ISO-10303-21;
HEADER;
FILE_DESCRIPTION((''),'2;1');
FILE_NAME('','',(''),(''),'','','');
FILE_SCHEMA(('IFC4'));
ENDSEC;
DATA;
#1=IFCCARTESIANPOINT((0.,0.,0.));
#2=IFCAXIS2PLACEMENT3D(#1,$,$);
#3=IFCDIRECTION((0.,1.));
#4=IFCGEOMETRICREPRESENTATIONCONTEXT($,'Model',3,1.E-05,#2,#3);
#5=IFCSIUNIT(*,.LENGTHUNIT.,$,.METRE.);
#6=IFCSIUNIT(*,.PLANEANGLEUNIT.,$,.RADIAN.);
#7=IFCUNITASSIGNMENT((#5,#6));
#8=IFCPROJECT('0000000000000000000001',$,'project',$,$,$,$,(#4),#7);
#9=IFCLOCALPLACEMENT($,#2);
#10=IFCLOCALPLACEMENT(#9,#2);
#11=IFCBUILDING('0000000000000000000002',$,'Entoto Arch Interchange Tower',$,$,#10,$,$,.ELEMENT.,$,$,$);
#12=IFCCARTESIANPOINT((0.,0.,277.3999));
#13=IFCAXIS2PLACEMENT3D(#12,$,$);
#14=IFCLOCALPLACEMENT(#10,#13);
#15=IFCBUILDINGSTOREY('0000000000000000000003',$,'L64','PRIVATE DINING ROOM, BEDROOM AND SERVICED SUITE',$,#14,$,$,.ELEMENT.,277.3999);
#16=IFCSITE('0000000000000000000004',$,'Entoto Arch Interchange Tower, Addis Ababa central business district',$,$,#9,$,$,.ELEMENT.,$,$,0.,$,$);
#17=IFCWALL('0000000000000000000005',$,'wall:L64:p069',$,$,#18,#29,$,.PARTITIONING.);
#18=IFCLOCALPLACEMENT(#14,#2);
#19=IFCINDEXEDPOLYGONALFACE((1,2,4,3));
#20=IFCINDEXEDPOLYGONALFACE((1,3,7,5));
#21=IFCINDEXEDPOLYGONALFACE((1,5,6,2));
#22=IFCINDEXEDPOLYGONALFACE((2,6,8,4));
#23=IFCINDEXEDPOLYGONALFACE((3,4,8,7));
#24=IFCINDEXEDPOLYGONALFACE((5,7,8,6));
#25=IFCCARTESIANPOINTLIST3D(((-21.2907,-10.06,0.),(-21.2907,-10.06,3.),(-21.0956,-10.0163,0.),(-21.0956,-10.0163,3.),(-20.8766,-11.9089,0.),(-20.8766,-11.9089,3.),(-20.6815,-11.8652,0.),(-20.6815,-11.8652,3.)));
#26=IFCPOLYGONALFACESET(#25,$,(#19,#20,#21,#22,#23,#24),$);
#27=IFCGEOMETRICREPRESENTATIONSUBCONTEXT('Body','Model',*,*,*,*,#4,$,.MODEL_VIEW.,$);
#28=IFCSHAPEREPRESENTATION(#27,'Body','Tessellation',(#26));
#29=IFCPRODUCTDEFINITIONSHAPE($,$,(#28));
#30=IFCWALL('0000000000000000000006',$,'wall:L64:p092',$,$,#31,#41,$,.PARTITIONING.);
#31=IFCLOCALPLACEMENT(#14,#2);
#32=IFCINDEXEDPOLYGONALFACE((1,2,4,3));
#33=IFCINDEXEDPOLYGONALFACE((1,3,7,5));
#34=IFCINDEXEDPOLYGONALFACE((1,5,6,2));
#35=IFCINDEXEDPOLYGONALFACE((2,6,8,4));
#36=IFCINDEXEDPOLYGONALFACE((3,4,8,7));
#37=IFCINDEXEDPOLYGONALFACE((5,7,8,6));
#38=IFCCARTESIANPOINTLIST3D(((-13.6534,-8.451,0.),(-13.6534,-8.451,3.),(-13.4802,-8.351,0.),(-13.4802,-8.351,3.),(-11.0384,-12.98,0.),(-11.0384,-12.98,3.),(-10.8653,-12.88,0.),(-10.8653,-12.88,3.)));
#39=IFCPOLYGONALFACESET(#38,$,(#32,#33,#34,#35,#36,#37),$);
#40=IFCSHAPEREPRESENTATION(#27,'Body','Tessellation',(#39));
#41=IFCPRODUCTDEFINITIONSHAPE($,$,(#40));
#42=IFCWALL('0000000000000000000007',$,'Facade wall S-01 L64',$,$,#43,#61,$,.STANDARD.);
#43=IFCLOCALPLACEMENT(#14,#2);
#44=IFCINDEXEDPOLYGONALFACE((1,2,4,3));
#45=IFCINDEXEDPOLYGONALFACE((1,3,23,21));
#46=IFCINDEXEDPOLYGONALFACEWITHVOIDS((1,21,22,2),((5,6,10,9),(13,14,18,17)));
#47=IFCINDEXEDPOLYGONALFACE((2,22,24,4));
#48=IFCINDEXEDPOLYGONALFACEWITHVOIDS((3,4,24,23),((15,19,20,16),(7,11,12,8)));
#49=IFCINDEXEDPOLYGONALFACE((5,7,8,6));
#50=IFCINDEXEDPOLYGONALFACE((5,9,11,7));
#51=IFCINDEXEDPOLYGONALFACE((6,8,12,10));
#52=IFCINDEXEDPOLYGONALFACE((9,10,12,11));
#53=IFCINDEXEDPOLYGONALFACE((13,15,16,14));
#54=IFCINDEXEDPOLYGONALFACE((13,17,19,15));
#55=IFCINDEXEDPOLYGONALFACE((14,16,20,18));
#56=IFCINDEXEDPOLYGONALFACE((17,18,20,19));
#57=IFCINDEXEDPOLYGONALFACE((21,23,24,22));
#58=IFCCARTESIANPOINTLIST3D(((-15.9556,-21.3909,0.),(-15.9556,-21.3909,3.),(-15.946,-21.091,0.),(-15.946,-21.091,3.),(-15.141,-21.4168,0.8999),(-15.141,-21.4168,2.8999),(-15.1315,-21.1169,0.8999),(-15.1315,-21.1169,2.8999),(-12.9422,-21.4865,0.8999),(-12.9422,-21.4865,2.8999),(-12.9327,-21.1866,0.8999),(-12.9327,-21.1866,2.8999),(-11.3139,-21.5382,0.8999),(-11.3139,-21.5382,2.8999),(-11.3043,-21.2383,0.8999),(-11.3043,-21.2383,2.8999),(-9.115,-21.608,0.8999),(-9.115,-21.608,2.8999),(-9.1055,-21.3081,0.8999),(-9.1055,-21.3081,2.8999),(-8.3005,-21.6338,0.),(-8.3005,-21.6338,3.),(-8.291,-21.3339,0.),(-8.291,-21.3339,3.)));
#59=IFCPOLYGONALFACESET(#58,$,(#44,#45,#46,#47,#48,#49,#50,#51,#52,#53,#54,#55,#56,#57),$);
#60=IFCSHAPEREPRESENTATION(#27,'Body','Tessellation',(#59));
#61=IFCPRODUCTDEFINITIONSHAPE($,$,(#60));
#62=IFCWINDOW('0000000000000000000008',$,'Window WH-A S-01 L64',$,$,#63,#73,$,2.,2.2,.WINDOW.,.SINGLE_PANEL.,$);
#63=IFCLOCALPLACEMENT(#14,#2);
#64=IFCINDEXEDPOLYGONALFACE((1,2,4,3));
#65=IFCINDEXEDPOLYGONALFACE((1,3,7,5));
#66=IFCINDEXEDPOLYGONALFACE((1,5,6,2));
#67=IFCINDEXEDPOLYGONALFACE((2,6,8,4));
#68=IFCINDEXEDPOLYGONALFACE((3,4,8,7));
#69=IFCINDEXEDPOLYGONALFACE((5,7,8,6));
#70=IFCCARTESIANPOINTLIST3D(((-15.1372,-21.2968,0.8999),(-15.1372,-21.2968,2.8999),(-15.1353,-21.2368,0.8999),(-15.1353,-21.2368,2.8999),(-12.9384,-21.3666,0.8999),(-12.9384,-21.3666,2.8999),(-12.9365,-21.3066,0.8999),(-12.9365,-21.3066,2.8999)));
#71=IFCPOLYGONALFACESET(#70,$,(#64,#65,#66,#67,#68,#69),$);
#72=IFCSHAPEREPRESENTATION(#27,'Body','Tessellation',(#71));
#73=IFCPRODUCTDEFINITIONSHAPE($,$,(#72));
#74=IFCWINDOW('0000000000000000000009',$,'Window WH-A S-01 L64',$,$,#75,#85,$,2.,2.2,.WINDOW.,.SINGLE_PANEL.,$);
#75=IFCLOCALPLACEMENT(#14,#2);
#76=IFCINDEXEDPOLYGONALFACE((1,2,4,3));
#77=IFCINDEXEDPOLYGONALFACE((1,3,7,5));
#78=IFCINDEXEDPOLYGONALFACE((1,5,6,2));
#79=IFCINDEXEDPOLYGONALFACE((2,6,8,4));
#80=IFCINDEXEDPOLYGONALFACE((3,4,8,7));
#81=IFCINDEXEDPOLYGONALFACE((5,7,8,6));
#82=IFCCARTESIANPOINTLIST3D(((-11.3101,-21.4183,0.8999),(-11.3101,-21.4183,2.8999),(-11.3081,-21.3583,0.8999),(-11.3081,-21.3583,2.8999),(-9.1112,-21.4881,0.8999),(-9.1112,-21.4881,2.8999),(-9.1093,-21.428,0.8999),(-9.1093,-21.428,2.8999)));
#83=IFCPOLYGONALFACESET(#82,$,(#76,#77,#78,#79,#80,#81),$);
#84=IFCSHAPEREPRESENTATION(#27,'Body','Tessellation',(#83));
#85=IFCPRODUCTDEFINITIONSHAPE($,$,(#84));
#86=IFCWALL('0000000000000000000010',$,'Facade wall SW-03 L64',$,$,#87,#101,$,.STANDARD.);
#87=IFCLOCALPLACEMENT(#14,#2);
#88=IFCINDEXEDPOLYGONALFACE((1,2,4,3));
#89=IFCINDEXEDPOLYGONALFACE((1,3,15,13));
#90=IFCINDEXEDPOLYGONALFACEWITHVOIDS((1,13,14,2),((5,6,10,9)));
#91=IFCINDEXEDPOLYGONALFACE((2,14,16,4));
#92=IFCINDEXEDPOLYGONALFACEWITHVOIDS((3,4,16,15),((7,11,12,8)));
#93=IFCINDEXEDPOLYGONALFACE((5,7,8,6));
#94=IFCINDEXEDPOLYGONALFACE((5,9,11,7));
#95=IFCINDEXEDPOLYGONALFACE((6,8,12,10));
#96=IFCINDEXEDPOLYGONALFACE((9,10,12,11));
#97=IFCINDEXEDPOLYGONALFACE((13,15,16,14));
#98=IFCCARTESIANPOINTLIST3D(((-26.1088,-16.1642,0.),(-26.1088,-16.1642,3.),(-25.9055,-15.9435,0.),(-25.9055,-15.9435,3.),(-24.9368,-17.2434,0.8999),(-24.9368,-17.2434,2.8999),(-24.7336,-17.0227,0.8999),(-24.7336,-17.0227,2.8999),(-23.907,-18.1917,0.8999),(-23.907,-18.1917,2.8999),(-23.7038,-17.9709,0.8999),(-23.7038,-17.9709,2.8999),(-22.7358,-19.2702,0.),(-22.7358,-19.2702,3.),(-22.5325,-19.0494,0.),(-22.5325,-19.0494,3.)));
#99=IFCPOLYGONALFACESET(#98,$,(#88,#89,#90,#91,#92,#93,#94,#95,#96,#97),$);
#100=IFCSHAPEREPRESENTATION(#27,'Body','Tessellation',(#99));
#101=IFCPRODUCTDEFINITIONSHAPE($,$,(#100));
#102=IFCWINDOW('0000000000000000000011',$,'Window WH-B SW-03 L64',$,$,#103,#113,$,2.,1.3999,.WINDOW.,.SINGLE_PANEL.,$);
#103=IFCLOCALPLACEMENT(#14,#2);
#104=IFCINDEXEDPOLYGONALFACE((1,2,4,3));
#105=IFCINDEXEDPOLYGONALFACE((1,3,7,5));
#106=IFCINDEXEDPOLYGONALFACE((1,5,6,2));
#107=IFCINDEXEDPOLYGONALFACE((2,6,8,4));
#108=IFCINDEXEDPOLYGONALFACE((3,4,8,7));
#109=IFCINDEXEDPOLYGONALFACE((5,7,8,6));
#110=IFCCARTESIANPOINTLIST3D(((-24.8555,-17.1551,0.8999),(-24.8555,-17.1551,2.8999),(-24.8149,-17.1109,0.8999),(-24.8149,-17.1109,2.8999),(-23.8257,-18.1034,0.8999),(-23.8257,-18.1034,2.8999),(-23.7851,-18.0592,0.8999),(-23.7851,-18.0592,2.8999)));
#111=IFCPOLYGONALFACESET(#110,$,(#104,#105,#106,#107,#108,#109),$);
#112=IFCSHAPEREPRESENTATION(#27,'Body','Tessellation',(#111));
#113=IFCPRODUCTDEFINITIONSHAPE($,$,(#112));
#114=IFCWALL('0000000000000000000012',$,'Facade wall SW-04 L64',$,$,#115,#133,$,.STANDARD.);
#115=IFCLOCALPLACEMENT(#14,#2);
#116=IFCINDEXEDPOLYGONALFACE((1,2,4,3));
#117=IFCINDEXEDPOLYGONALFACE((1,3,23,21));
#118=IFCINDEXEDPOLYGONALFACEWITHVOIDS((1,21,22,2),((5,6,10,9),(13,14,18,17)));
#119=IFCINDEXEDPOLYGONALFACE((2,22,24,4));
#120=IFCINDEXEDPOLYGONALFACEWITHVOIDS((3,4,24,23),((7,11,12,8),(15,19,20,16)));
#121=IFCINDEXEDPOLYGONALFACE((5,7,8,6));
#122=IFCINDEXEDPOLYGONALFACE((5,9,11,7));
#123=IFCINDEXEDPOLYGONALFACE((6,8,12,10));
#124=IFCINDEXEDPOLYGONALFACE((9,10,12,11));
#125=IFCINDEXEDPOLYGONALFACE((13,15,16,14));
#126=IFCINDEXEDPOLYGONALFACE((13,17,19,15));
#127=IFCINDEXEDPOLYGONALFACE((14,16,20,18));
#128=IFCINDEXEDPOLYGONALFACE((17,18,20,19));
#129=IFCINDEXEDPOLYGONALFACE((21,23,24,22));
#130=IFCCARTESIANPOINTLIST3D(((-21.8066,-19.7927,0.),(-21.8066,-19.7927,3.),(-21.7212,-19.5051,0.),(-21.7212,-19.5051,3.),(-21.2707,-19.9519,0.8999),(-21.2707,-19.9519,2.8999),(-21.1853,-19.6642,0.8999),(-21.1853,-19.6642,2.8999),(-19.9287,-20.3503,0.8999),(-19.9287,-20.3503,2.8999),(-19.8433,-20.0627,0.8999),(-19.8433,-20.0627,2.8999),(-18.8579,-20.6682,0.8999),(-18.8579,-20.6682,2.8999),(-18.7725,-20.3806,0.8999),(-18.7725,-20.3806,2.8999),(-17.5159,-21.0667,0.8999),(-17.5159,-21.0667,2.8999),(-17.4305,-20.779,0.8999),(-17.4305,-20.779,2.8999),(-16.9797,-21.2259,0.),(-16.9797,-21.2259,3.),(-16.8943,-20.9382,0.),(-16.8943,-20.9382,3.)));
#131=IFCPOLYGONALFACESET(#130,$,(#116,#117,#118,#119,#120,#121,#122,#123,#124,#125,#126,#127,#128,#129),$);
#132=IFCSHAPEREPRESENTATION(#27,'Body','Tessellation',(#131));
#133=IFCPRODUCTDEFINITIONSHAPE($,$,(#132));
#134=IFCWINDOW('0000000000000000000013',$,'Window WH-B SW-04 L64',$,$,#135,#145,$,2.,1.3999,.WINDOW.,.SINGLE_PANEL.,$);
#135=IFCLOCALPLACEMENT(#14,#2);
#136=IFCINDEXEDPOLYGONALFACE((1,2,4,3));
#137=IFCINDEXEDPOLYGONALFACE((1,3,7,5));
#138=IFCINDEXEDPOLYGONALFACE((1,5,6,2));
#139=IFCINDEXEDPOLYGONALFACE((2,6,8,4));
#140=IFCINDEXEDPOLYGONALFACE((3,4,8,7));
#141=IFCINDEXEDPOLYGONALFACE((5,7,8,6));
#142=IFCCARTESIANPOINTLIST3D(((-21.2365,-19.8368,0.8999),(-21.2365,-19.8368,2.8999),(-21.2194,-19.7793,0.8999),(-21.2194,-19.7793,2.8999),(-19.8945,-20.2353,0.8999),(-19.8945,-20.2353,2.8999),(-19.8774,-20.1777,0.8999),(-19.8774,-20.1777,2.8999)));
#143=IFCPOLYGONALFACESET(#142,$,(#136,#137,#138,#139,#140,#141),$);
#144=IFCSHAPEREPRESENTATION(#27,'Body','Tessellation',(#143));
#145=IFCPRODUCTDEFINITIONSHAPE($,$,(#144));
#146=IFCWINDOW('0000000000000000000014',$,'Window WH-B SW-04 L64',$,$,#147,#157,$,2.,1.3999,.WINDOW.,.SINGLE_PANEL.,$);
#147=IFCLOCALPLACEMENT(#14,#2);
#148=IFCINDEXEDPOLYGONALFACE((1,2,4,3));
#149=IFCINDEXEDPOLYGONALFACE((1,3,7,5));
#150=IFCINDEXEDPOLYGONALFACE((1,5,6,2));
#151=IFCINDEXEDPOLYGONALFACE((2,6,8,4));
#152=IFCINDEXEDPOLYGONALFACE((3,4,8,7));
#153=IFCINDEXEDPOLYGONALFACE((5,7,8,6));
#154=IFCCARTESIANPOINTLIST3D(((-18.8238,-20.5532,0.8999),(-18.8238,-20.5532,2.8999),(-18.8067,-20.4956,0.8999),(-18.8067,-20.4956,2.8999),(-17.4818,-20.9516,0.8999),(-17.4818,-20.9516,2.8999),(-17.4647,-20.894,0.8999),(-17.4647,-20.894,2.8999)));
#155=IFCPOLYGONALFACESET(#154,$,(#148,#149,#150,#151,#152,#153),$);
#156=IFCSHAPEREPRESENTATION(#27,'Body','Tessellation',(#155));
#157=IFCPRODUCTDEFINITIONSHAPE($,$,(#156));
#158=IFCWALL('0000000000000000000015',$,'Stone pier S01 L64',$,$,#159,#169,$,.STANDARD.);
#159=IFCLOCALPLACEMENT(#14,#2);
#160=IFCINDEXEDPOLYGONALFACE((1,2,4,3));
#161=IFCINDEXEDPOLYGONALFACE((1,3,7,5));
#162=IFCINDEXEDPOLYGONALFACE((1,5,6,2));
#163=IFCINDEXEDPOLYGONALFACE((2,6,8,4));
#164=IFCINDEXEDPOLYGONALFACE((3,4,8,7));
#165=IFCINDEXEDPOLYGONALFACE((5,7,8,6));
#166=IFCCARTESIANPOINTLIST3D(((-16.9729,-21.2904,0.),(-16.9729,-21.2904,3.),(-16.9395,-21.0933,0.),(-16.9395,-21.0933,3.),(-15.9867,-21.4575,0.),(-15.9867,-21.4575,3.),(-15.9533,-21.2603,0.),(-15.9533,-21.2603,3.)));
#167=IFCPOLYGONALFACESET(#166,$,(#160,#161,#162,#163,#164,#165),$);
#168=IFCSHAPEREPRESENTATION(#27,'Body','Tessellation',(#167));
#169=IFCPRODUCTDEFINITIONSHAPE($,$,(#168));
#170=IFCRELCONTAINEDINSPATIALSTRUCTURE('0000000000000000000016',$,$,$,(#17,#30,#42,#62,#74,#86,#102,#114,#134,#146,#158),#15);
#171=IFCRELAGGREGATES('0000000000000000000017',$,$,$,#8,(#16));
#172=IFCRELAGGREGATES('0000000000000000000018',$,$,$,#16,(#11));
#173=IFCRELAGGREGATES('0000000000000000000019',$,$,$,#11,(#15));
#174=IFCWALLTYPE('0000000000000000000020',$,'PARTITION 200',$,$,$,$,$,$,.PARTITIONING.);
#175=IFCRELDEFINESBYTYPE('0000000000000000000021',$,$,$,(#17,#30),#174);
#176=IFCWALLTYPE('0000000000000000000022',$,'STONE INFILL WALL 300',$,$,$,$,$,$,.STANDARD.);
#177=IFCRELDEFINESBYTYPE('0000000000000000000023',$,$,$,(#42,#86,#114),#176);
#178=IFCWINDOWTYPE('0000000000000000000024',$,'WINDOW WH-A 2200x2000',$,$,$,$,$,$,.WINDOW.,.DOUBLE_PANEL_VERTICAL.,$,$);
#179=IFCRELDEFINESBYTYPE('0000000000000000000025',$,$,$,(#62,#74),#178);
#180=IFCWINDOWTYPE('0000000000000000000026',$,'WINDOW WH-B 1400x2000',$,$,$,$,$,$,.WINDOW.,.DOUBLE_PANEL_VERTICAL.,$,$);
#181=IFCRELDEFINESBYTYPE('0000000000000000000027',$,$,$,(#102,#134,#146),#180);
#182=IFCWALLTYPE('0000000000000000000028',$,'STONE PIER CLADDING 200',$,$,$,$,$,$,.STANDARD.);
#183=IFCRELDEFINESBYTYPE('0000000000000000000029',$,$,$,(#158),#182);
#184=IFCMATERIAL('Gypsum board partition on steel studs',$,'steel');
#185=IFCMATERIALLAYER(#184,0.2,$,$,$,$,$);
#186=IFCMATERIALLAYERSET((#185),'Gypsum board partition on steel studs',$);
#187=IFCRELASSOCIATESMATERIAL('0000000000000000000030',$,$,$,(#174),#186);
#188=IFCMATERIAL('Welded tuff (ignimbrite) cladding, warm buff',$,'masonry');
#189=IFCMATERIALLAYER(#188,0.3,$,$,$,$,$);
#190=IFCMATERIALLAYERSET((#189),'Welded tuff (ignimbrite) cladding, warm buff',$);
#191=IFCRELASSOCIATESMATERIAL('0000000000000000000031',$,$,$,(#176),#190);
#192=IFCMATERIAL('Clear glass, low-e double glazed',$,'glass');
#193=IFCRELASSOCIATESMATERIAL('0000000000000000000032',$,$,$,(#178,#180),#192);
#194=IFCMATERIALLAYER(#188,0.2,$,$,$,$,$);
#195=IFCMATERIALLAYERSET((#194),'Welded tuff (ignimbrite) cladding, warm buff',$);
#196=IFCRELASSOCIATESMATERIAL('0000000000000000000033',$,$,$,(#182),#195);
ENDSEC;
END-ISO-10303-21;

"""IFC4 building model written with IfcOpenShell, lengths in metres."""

from ifc_helpers import new_model, si_unit, direction, frame, frame_2d, origin, place, context, subcontext, project, spatial, rectangle, extrude, material, layer, layer_set, type_object, element, fill, save


model = new_model("IFC4")

# Units and contexts
model_context = context("Model", 3, precision=1e-05, world=origin(), true_north=direction((0.0, 1.0)))
body_context = subcontext(model_context, "Body", "Model", "MODEL_VIEW")
ifc_project = project(units=[si_unit("LENGTHUNIT", "METRE"), si_unit("PLANEANGLEUNIT", "RADIAN")], contexts=[model_context])

# Site, building, storey
site_placement = place(None, origin())
site = spatial("IfcSite", under=ifc_project, at=site_placement, Name="Entoto Arch Interchange Tower, Addis Ababa central business district", CompositionType="ELEMENT", RefElevation=0.0)
building_placement = place(site_placement, origin())
building = spatial("IfcBuilding", under=site, at=building_placement, Name="Entoto Arch Interchange Tower", CompositionType="ELEMENT")
storey_placement = place(building_placement, frame((0.0, 0.0, 277.3999)))
storey = spatial("IfcBuildingStorey", under=building, at=storey_placement, Name="L64", Description="PRIVATE DINING ROOM, BEDROOM AND SERVICED SUITE", CompositionType="ELEMENT", Elevation=277.3999)

# Shared definitions
ifc_material_1 = material(Name="Gypsum board partition on steel studs", Category="steel")
ifc_layer_1 = layer(ifc_material_1, 0.2)
ifc_layer_set_1 = layer_set([ifc_layer_1], Name="Gypsum board partition on steel studs")
wall_type_1 = type_object("IfcWallType", Name="PARTITION 200", PredefinedType="PARTITIONING", material=ifc_layer_set_1)

# Walls
wall_1_placement = place(storey_placement, frame((-20.7791, -11.887, 0.0), z_axis=(0.0, 0.0, 1.0), x_axis=(-0.21854, 0.975828, 0.0)))
element("IfcWall", 1, at=wall_1_placement, inside=storey, type_object=wall_type_1, Name="wall:L64:p069", PredefinedType="PARTITIONING", context=body_context, shape_type="SweptSolid", body=[
    extrude(rectangle(XDim=1.8948, YDim=0.2, at=frame_2d((0.9473, 0.0))), origin(), (0.0, 0.0, 1.0), 3.0),
])
wall_2_placement = place(storey_placement, frame((-10.9519, -12.9299, 0.0), z_axis=(0.0, 0.0, 1.0), x_axis=(-0.50002, 0.866014, 0.0)))
element("IfcWall", 2, at=wall_2_placement, inside=storey, type_object=wall_type_1, Name="wall:L64:p092", PredefinedType="PARTITIONING", context=body_context, shape_type="SweptSolid", body=[
    extrude(rectangle(XDim=5.2297, YDim=0.2, at=frame_2d((2.6147, 0.0))), origin(), (0.0, 0.0, 1.0), 3.0),
])

# Wall, openings, windows
ifc_material_2 = material(Name="Welded tuff (ignimbrite) cladding, warm buff", Category="masonry")
ifc_layer_2 = layer(ifc_material_2, 0.3)
ifc_layer_set_2 = layer_set([ifc_layer_2], Name="Welded tuff (ignimbrite) cladding, warm buff")
wall_type_2 = type_object("IfcWallType", Name="STONE INFILL WALL 300", PredefinedType="STANDARD", material=ifc_layer_set_2)
wall_3_placement = place(storey_placement, frame((-15.9509, -21.241, 0.0), z_axis=(0.0, 0.0, 1.0), x_axis=(0.999497, -0.031717, 0.0)))
wall_3 = element("IfcWall", 3, at=wall_3_placement, inside=storey, type_object=wall_type_2, Name="Facade wall S-01 L64", PredefinedType="STANDARD", context=body_context, shape_type="SweptSolid", body=[
    extrude(rectangle(XDim=7.6589, YDim=0.3, at=frame_2d((3.8296, 0.0))), origin(), (0.0, 0.0, 1.0), 3.0),
])
opening_1_placement = place(wall_3_placement, frame((0.8149, 0.0, 0.8999)))
opening_1 = element("IfcOpeningElement", 4, at=opening_1_placement, cuts=wall_3, PredefinedType="OPENING", context=body_context, shape_type="SweptSolid", body=[
    extrude(rectangle(XDim=2.2, YDim=2.0, at=frame_2d((1.1001, 1.0))), frame((0.0, 0.1602, 0.0), z_axis=(0.0, -1.0, 0.0), x_axis=(1.0, 0.0, 0.0)), (0.0, 0.0, 1.0), 0.3201),
])
opening_2_placement = place(wall_3_placement, frame((4.644, 0.0, 0.8999)))
opening_2 = element("IfcOpeningElement", 5, at=opening_2_placement, cuts=wall_3, PredefinedType="OPENING", context=body_context, shape_type="SweptSolid", body=[
    extrude(rectangle(XDim=2.2, YDim=2.0, at=frame_2d((1.1001, 1.0))), frame((0.0, 0.1602, 0.0), z_axis=(0.0, -1.0, 0.0), x_axis=(1.0, 0.0, 0.0)), (0.0, 0.0, 1.0), 0.3201),
])
ifc_material_3 = material(Name="Clear glass, low-e double glazed", Category="glass")
window_type_1 = type_object("IfcWindowType", Name="WINDOW WH-A 2200x2000", PartitioningType="DOUBLE_PANEL_VERTICAL", PredefinedType="WINDOW", material=ifc_material_3)
window_1_placement = place(opening_1_placement, origin())
window_1 = element("IfcWindow", 6, at=window_1_placement, inside=storey, type_object=window_type_1, Name="Window WH-A S-01 L64", OverallHeight=2.0, OverallWidth=2.2, PartitioningType="SINGLE_PANEL", PredefinedType="WINDOW", context=body_context, shape_type="SweptSolid", body=[
    extrude(rectangle(XDim=2.2, YDim=2.0, at=frame_2d((1.1001, 1.0))), frame((0.0, 0.03, 0.0), z_axis=(0.0, -1.0, 0.0), x_axis=(1.0, 0.0, 0.0)), (0.0, 0.0, 1.0), 0.0601),
])
fill(opening_1, window_1)
window_2_placement = place(opening_2_placement, origin())
window_2 = element("IfcWindow", 7, at=window_2_placement, inside=storey, type_object=window_type_1, Name="Window WH-A S-01 L64", OverallHeight=2.0, OverallWidth=2.2, PartitioningType="SINGLE_PANEL", PredefinedType="WINDOW", context=body_context, shape_type="SweptSolid", body=[
    extrude(rectangle(XDim=2.2, YDim=2.0, at=frame_2d((1.1001, 1.0))), frame((0.0, 0.03, 0.0), z_axis=(0.0, -1.0, 0.0), x_axis=(1.0, 0.0, 0.0)), (0.0, 0.0, 1.0), 0.0601),
])
fill(opening_2, window_2)

# Wall, opening, window
wall_4_placement = place(storey_placement, frame((-26.0071, -16.054, 0.0), z_axis=(0.0, 0.0, 1.0), x_axis=(0.735632, -0.677382, 0.0)))
wall_4 = element("IfcWall", 8, at=wall_4_placement, inside=storey, type_object=wall_type_2, Name="Facade wall SW-03 L64", PredefinedType="STANDARD", context=body_context, shape_type="SweptSolid", body=[
    extrude(rectangle(XDim=4.5852, YDim=0.3, at=frame_2d((2.2925, 0.0))), origin(), (0.0, 0.0, 1.0), 3.0),
])
opening_3_placement = place(wall_4_placement, frame((1.593, 0.0, 0.8999)))
opening_3 = element("IfcOpeningElement", 9, at=opening_3_placement, cuts=wall_4, PredefinedType="OPENING", context=body_context, shape_type="SweptSolid", body=[
    extrude(rectangle(XDim=1.3999, YDim=2.0, at=frame_2d((0.7, 1.0))), frame((0.0, 0.1602, 0.0), z_axis=(0.0, -1.0, 0.0), x_axis=(1.0, 0.0, 0.0)), (0.0, 0.0, 1.0), 0.3201),
])
window_type_2 = type_object("IfcWindowType", Name="WINDOW WH-B 1400x2000", PartitioningType="DOUBLE_PANEL_VERTICAL", PredefinedType="WINDOW", material=ifc_material_3)
window_3_placement = place(opening_3_placement, origin())
window_3 = element("IfcWindow", 10, at=window_3_placement, inside=storey, type_object=window_type_2, Name="Window WH-B SW-03 L64", OverallHeight=2.0, OverallWidth=1.3999, PartitioningType="SINGLE_PANEL", PredefinedType="WINDOW", context=body_context, shape_type="SweptSolid", body=[
    extrude(rectangle(XDim=1.3999, YDim=2.0, at=frame_2d((0.7, 1.0))), frame((0.0, 0.03, 0.0), z_axis=(0.0, -1.0, 0.0), x_axis=(1.0, 0.0, 0.0)), (0.0, 0.0, 1.0), 0.0601),
])
fill(opening_3, window_3)

# Wall, openings, windows
wall_5_placement = place(storey_placement, frame((-21.7639, -19.6489, 0.0), z_axis=(0.0, 0.0, 1.0), x_axis=(0.95864, -0.28462, 0.0)))
wall_5 = element("IfcWall", 11, at=wall_5_placement, inside=storey, type_object=wall_type_2, Name="Facade wall SW-04 L64", PredefinedType="STANDARD", context=body_context, shape_type="SweptSolid", body=[
    extrude(rectangle(XDim=5.0352, YDim=0.3, at=frame_2d((2.5176, 0.0))), origin(), (0.0, 0.0, 1.0), 3.0),
])
opening_4_placement = place(wall_5_placement, frame((0.5591, 0.0, 0.8999)))
opening_4 = element("IfcOpeningElement", 12, at=opening_4_placement, cuts=wall_5, PredefinedType="OPENING", context=body_context, shape_type="SweptSolid", body=[
    extrude(rectangle(XDim=1.3999, YDim=2.0, at=frame_2d((0.7, 1.0))), frame((0.0, 0.1602, 0.0), z_axis=(0.0, -1.0, 0.0), x_axis=(1.0, 0.0, 0.0)), (0.0, 0.0, 1.0), 0.3201),
])
opening_5_placement = place(wall_5_placement, frame((3.0759, 0.0, 0.8999)))
opening_5 = element("IfcOpeningElement", 13, at=opening_5_placement, cuts=wall_5, PredefinedType="OPENING", context=body_context, shape_type="SweptSolid", body=[
    extrude(rectangle(XDim=1.3999, YDim=2.0, at=frame_2d((0.7, 1.0))), frame((0.0, 0.1602, 0.0), z_axis=(0.0, -1.0, 0.0), x_axis=(1.0, 0.0, 0.0)), (0.0, 0.0, 1.0), 0.3201),
])
window_4_placement = place(opening_4_placement, origin())
window_4 = element("IfcWindow", 14, at=window_4_placement, inside=storey, type_object=window_type_2, Name="Window WH-B SW-04 L64", OverallHeight=2.0, OverallWidth=1.3999, PartitioningType="SINGLE_PANEL", PredefinedType="WINDOW", context=body_context, shape_type="SweptSolid", body=[
    extrude(rectangle(XDim=1.3999, YDim=2.0, at=frame_2d((0.7, 1.0))), frame((0.0, 0.03, 0.0), z_axis=(0.0, -1.0, 0.0), x_axis=(1.0, 0.0, 0.0)), (0.0, 0.0, 1.0), 0.0601),
])
fill(opening_4, window_4)
window_5_placement = place(opening_5_placement, origin())
window_5 = element("IfcWindow", 15, at=window_5_placement, inside=storey, type_object=window_type_2, Name="Window WH-B SW-04 L64", OverallHeight=2.0, OverallWidth=1.3999, PartitioningType="SINGLE_PANEL", PredefinedType="WINDOW", context=body_context, shape_type="SweptSolid", body=[
    extrude(rectangle(XDim=1.3999, YDim=2.0, at=frame_2d((0.7, 1.0))), frame((0.0, 0.03, 0.0), z_axis=(0.0, -1.0, 0.0), x_axis=(1.0, 0.0, 0.0)), (0.0, 0.0, 1.0), 0.0601),
])
fill(opening_5, window_5)

# Wall
ifc_layer_3 = layer(ifc_material_2, 0.2)
ifc_layer_set_3 = layer_set([ifc_layer_3], Name="Welded tuff (ignimbrite) cladding, warm buff")
wall_type_3 = type_object("IfcWallType", Name="STONE PIER CLADDING 200", PredefinedType="STANDARD", material=ifc_layer_set_3)
for number, where, z_axis, x_axis, name in (
    (16, (-16.9561, -21.1919, 0.0), (0.0, 0.0, 1.0), (0.985962, -0.166971, 0.0), "Stone pier S01 L64"),
):
    element("IfcWall", number, at=place(storey_placement, frame(where, z_axis=z_axis, x_axis=x_axis)), inside=storey, type_object=wall_type_3, Name=name, PredefinedType="STANDARD", context=body_context, shape_type="SweptSolid", body=[
        extrude(rectangle(XDim=1.0002, YDim=0.2, at=frame_2d((0.5, 0.0))), origin(), (0.0, 0.0, 1.0), 3.0),
    ])

save(model, "model.ifc")
